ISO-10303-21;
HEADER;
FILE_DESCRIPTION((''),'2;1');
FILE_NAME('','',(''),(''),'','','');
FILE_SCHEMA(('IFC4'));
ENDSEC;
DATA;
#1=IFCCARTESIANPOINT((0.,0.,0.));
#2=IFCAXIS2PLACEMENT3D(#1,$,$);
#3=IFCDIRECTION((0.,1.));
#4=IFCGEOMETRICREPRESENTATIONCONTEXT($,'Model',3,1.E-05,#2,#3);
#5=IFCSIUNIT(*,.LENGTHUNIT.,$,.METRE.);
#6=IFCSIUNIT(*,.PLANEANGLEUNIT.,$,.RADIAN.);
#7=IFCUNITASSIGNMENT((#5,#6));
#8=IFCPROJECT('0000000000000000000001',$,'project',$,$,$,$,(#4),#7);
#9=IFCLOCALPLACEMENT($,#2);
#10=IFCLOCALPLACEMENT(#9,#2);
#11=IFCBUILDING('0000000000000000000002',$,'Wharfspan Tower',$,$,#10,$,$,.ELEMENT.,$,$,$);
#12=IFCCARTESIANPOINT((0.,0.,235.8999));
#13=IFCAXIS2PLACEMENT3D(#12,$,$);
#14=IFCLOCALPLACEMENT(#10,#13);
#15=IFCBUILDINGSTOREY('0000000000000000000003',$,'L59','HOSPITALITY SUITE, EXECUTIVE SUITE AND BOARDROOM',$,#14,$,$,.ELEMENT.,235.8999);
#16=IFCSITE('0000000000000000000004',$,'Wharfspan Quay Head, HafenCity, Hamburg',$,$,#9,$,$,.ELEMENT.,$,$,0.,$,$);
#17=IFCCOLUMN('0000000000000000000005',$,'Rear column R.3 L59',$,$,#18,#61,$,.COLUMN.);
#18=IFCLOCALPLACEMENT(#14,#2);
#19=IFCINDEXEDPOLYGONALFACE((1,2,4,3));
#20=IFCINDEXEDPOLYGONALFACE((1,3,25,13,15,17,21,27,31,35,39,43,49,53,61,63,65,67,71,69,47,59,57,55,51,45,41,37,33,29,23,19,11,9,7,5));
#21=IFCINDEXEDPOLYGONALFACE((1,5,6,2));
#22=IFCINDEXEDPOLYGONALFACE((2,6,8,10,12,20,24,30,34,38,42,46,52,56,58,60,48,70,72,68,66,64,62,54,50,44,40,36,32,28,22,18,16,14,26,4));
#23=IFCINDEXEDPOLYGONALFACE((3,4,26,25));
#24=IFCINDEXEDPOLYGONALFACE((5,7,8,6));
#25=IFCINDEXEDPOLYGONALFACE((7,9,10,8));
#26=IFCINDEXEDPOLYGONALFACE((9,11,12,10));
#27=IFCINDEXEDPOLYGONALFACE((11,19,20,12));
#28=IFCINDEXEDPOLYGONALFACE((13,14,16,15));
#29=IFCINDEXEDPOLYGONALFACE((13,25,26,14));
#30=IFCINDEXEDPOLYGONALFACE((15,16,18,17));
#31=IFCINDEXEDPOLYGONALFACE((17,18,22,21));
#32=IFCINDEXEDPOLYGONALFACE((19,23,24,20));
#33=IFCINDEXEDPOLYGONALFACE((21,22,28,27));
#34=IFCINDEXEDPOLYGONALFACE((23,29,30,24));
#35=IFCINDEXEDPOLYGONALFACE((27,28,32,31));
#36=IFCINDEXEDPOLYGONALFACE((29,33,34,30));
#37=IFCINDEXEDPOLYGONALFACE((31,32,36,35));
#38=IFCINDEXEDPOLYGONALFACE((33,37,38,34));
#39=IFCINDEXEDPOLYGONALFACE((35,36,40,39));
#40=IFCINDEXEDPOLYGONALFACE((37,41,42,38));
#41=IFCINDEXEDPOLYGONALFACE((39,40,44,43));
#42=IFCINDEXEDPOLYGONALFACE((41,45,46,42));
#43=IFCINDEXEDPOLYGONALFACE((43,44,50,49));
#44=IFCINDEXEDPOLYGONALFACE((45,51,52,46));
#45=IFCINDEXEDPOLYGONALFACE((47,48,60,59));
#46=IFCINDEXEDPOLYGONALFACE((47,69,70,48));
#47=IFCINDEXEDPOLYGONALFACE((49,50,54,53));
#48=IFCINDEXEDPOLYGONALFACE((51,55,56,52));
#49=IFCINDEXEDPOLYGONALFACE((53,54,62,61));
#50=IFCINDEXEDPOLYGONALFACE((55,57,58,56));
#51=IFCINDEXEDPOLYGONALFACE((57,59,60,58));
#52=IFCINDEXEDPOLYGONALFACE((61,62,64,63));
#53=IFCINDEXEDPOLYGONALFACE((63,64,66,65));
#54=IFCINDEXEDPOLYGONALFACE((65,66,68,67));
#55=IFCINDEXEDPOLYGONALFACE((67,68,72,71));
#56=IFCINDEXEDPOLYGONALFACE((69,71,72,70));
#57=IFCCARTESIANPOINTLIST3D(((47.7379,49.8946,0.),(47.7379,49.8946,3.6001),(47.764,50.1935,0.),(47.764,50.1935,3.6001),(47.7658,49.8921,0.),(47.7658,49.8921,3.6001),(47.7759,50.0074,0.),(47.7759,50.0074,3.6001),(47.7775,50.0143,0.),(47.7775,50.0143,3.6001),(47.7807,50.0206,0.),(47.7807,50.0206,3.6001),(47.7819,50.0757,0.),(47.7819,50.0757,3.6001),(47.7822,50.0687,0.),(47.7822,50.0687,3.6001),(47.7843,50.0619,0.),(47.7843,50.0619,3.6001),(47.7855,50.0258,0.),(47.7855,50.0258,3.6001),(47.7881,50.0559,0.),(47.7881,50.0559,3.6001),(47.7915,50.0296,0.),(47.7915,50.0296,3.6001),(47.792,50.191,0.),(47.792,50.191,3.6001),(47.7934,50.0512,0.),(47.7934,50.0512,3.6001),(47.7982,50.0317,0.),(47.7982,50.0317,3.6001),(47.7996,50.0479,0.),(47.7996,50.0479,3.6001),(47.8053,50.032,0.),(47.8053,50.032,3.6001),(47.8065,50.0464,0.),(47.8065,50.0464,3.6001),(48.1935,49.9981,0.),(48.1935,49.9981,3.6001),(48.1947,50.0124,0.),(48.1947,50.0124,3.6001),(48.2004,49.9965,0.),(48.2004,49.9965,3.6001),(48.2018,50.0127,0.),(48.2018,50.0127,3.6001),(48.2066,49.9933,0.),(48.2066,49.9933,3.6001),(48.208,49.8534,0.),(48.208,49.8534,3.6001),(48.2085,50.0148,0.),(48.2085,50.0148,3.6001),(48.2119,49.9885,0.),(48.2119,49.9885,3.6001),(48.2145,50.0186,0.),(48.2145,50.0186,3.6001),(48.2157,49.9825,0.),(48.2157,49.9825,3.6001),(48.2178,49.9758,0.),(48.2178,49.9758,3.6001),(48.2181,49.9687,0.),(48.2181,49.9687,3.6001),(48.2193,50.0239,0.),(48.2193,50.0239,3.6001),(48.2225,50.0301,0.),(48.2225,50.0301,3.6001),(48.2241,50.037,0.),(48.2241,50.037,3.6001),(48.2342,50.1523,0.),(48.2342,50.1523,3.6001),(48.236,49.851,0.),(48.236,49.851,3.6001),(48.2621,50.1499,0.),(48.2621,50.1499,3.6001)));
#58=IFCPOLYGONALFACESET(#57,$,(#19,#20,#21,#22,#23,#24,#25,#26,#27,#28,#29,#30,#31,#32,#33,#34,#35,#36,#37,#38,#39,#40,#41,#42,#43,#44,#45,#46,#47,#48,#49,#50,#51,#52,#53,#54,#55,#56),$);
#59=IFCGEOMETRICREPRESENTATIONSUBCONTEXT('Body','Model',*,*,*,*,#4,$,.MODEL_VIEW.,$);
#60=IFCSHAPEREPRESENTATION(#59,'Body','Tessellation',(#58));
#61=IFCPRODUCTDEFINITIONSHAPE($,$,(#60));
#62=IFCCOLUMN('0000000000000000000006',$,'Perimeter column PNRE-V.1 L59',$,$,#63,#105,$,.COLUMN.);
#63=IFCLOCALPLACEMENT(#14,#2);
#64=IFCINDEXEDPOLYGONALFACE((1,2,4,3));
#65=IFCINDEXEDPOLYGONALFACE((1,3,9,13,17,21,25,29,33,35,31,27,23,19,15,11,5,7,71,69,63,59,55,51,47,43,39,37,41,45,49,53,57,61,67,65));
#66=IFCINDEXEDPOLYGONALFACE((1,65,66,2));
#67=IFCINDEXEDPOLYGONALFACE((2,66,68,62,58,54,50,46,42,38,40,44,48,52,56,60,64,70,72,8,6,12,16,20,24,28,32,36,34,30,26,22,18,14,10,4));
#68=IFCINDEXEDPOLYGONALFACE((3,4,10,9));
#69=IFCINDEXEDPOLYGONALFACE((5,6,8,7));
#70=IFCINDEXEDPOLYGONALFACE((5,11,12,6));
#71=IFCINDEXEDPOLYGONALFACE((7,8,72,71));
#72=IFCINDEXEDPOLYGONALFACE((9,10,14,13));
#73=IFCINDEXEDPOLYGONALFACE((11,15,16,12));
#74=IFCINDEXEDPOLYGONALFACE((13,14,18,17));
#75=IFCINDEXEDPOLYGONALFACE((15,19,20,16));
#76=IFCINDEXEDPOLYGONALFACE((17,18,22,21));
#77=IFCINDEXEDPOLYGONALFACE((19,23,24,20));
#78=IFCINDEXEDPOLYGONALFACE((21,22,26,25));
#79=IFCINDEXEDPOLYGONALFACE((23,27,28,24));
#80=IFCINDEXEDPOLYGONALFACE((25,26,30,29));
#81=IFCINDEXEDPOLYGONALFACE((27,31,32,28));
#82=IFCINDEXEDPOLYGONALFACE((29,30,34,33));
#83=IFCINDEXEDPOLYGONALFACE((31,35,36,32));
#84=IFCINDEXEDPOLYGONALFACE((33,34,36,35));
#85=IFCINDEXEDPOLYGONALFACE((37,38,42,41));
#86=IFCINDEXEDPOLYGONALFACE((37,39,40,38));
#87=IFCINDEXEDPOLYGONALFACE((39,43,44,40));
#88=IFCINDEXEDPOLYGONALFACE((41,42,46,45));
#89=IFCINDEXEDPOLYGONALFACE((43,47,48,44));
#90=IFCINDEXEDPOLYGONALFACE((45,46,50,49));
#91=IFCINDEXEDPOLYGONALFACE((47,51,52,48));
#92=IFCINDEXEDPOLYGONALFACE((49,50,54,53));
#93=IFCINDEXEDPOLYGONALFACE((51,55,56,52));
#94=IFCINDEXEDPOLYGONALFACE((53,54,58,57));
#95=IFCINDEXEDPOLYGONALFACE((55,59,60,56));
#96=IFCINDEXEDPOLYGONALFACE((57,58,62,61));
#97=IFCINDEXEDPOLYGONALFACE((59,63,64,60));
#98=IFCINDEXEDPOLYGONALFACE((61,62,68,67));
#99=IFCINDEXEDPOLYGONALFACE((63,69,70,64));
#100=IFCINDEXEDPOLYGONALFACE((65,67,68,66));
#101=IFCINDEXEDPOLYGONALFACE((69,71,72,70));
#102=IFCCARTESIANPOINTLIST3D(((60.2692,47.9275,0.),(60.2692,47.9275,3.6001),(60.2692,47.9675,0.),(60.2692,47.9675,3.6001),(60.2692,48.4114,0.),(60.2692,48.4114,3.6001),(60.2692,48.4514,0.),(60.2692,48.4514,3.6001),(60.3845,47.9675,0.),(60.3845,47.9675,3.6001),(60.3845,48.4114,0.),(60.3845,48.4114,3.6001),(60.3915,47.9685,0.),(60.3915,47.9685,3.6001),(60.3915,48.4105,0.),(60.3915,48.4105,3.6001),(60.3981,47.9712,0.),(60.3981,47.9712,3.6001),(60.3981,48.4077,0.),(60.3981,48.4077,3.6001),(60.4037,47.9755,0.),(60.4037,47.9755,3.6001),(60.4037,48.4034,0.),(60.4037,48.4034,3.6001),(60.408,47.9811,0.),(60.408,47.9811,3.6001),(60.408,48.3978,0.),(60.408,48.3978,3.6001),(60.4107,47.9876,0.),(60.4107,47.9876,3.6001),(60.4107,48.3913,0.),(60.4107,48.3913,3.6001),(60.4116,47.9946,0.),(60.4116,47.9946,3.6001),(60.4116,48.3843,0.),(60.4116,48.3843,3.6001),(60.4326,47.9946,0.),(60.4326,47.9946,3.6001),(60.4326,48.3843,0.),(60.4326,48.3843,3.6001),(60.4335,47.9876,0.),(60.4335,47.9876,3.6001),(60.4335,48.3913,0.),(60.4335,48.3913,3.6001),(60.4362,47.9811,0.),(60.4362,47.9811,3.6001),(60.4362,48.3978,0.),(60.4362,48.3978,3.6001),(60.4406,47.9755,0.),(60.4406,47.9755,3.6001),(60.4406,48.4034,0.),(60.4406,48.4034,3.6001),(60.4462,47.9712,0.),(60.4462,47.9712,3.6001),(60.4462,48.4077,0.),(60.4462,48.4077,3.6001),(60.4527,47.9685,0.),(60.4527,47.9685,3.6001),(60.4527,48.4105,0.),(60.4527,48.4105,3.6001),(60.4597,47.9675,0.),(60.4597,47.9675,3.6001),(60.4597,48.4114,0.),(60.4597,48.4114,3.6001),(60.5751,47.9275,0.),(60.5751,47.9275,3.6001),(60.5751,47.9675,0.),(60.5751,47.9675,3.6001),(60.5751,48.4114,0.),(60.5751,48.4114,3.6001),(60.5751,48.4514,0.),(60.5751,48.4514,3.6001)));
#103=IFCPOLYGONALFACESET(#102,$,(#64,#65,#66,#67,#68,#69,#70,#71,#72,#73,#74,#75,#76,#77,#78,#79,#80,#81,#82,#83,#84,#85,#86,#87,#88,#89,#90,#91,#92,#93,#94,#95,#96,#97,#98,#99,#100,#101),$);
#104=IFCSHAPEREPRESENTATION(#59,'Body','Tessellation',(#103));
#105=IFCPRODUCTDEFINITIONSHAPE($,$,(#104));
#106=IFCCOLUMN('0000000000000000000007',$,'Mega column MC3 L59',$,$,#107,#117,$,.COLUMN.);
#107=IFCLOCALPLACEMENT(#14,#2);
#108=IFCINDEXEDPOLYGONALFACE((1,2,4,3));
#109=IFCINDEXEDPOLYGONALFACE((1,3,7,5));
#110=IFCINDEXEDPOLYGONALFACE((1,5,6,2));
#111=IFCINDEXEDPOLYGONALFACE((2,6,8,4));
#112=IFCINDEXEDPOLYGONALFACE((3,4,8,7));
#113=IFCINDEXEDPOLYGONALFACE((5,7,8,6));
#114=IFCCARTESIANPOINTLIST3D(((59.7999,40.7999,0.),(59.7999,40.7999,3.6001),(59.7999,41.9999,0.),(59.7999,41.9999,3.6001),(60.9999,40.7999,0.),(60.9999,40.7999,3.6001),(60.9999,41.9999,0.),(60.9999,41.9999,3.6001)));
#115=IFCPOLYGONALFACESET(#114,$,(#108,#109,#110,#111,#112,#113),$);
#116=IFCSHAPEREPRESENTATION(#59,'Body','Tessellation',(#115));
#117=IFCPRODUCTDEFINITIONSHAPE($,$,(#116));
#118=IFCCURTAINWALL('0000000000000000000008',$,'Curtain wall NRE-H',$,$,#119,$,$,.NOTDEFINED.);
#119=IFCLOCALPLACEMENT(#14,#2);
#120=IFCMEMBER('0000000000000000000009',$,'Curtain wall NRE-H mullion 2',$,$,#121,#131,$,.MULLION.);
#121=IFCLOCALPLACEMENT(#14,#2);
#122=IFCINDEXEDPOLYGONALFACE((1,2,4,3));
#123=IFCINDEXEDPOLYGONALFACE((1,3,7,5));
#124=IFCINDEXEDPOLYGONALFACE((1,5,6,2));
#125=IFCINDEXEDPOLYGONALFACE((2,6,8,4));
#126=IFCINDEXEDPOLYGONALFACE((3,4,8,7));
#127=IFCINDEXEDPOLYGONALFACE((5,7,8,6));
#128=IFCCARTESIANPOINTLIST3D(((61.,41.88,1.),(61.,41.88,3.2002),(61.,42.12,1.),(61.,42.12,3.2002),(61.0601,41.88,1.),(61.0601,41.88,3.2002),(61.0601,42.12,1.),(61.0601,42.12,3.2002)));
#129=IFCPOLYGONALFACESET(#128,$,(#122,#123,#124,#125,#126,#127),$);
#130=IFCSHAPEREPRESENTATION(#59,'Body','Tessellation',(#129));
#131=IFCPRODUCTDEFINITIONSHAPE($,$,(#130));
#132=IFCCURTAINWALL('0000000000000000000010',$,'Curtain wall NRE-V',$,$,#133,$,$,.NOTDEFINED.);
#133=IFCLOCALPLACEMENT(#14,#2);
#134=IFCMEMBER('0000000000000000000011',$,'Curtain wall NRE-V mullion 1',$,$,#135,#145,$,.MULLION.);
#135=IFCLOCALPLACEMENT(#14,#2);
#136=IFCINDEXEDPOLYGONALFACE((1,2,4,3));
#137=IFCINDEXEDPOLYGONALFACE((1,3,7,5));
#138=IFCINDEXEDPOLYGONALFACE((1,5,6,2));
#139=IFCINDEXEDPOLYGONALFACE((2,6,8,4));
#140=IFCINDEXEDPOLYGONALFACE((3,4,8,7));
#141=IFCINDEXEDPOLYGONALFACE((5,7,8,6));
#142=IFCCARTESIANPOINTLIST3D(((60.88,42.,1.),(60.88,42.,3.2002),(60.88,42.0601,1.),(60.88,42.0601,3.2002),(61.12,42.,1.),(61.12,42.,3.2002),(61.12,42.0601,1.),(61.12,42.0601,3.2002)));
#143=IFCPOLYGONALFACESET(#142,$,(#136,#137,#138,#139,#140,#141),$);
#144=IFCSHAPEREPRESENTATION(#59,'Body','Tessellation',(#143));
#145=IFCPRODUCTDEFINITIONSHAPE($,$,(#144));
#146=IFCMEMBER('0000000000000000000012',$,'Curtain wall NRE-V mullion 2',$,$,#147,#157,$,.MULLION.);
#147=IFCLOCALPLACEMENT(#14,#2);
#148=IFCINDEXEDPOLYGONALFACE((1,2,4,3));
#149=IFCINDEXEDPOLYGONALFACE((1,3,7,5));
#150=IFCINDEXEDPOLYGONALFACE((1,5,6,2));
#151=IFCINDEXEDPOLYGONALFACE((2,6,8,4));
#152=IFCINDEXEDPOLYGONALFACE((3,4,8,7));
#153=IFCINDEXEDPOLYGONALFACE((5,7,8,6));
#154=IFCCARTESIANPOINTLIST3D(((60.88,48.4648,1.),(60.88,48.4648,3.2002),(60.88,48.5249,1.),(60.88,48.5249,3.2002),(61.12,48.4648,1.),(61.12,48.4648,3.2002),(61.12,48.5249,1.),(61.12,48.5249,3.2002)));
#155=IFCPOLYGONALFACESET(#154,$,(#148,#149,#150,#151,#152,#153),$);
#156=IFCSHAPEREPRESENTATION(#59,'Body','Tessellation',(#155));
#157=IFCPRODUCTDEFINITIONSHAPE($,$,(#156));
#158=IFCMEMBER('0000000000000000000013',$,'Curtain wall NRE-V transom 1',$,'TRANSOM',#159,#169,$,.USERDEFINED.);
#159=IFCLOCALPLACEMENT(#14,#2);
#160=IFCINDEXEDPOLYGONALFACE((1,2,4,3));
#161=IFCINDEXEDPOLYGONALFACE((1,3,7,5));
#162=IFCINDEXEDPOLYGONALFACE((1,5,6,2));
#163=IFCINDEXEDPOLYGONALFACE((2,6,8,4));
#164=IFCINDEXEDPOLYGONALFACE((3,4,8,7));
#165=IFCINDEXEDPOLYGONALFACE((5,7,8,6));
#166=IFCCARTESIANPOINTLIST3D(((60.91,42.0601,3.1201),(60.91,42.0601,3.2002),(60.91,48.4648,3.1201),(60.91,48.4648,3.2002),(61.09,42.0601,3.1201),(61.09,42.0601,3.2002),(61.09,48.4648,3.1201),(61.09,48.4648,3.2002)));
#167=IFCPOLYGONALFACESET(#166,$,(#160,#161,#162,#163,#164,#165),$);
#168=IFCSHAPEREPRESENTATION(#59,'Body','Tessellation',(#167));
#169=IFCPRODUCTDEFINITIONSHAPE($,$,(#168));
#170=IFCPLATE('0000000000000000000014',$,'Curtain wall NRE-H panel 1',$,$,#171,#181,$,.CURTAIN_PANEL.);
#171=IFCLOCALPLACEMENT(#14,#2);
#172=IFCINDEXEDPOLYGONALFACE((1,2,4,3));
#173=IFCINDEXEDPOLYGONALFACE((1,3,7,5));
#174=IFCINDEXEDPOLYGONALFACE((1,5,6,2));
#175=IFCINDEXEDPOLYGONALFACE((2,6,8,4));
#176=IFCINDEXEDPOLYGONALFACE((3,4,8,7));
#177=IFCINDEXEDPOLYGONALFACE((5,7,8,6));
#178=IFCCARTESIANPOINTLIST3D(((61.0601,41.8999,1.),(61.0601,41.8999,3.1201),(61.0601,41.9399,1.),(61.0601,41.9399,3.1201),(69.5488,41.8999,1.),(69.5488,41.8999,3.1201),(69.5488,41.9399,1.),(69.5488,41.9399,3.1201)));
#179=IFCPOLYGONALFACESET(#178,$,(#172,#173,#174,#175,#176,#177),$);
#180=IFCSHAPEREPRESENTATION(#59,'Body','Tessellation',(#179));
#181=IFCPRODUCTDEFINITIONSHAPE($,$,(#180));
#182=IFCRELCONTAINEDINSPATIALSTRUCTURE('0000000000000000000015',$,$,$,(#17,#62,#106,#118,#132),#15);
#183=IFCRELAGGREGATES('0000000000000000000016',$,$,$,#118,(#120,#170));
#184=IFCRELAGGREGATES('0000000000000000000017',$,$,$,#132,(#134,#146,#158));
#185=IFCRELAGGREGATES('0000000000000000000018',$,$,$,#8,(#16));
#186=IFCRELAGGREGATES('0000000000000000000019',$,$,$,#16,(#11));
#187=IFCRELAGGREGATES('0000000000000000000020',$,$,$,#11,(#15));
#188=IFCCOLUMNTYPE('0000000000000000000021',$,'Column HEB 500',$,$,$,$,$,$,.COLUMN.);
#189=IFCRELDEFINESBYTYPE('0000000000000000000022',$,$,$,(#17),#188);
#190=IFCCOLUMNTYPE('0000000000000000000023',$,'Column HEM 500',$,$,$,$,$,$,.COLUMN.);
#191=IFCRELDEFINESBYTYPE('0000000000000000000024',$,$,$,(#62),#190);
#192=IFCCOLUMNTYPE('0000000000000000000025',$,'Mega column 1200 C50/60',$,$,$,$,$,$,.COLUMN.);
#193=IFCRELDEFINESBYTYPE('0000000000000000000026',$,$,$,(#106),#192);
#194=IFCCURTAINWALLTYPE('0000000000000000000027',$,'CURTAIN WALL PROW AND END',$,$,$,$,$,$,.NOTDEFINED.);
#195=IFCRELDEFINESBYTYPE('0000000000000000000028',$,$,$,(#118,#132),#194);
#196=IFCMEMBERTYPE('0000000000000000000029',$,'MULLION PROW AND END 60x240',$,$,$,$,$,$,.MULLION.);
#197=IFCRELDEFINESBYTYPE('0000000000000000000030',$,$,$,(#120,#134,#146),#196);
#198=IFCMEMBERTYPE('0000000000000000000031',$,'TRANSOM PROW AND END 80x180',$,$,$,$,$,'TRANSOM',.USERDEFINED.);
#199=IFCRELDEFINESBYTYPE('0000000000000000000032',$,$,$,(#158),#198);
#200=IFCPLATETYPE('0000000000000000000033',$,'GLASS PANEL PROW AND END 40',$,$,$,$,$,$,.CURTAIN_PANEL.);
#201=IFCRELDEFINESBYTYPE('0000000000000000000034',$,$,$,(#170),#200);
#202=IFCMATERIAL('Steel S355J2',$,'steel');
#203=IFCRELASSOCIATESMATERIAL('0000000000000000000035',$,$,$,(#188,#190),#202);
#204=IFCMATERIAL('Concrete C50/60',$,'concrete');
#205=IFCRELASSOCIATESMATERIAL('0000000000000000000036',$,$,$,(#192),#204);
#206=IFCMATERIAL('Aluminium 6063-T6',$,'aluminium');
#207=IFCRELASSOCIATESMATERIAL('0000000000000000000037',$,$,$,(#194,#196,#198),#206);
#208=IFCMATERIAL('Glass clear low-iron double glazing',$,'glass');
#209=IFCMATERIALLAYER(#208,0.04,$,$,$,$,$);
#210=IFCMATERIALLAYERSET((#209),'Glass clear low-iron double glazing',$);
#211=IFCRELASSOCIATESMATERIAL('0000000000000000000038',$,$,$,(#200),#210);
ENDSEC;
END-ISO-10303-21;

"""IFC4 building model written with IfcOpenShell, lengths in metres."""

from ifc_helpers import new_model, si_unit, direction, frame, origin, origin_2d, place, context, subcontext, project, spatial, rectangle, i_section, extrude, material, layer, layer_set, material_profile, profile_set, type_object, element, aggregate, save


model = new_model("IFC4")

# Units and contexts
model_context = context("Model", 3, precision=1e-05, world=origin(), true_north=direction((0.0, 1.0)))
body_context = subcontext(model_context, "Body", "Model", "MODEL_VIEW")
ifc_project = project(units=[si_unit("LENGTHUNIT", "METRE"), si_unit("PLANEANGLEUNIT", "RADIAN")], contexts=[model_context])

# Site, building, storey
site_placement = place(None, origin())
site = spatial("IfcSite", under=ifc_project, at=site_placement, Name="Wharfspan Quay Head, HafenCity, Hamburg", CompositionType="ELEMENT", RefElevation=0.0)
building_placement = place(site_placement, origin())
building = spatial("IfcBuilding", under=site, at=building_placement, Name="Wharfspan Tower", CompositionType="ELEMENT")
storey_placement = place(building_placement, frame((0.0, 0.0, 235.8999)))
storey = spatial("IfcBuildingStorey", under=building, at=storey_placement, Name="L59", Description="HOSPITALITY SUITE, EXECUTIVE SUITE AND BOARDROOM", CompositionType="ELEMENT", Elevation=235.8999)

# Columns
ifc_material_1 = material(Name="Steel S355J2", Category="steel")
ifc_material_profile_1 = material_profile(ifc_material_1, i_section(OverallWidth=0.3, OverallDepth=0.5, WebThickness=0.0144, FlangeThickness=0.0281, FilletRadius=0.0271, at=origin_2d()))
ifc_profile_set_1 = profile_set([ifc_material_profile_1], Name="Steel S355J2")
column_type_1 = type_object("IfcColumnType", Name="Column HEB 500", PredefinedType="COLUMN", material=ifc_profile_set_1)
column_1_placement = place(storey_placement, frame((48.0, 50.0222, 0.0), z_axis=(0.0, 0.0, 1.0), x_axis=(0.087156, 0.996197, 0.0)))
element("IfcColumn", 1, at=column_1_placement, inside=storey, type_object=column_type_1, Name="Rear column R.3 L59", PredefinedType="COLUMN", context=body_context, shape_type="SweptSolid", body=[
    extrude(i_section(OverallWidth=0.3, OverallDepth=0.5, WebThickness=0.0144, FlangeThickness=0.0281, FilletRadius=0.0271, at=origin_2d()), origin(), (0.0, 0.0, 1.0), 3.6001),
])
ifc_material_profile_2 = material_profile(ifc_material_1, i_section(OverallWidth=0.3059, OverallDepth=0.5239, WebThickness=0.021, FlangeThickness=0.04, FilletRadius=0.0271, at=origin_2d()))
ifc_profile_set_2 = profile_set([ifc_material_profile_2], Name="Steel S355J2")
column_type_2 = type_object("IfcColumnType", Name="Column HEM 500", PredefinedType="COLUMN", material=ifc_profile_set_2)
column_2_placement = place(storey_placement, frame((60.4221, 48.1895, 0.0), z_axis=(0.0, 0.0, 1.0), x_axis=(1.0, 0.0, 0.0)))
element("IfcColumn", 2, at=column_2_placement, inside=storey, type_object=column_type_2, Name="Perimeter column PNRE-V.1 L59", PredefinedType="COLUMN", context=body_context, shape_type="SweptSolid", body=[
    extrude(i_section(OverallWidth=0.3059, OverallDepth=0.5239, WebThickness=0.021, FlangeThickness=0.04, FilletRadius=0.0271, at=origin_2d()), origin(), (0.0, 0.0, 1.0), 3.6001),
])
ifc_material_2 = material(Name="Concrete C50/60", Category="concrete")
ifc_material_profile_3 = material_profile(ifc_material_2, rectangle(XDim=1.2, YDim=1.2, at=origin_2d()))
ifc_profile_set_3 = profile_set([ifc_material_profile_3], Name="Concrete C50/60")
column_type_3 = type_object("IfcColumnType", Name="Mega column 1200 C50/60", PredefinedType="COLUMN", material=ifc_profile_set_3)
column_3_placement = place(storey_placement, frame((60.3999, 41.3999, 0.0), z_axis=(0.0, 0.0, 1.0), x_axis=(1.0, 0.0, 0.0)))
element("IfcColumn", 3, at=column_3_placement, inside=storey, type_object=column_type_3, Name="Mega column MC3 L59", PredefinedType="COLUMN", context=body_context, shape_type="SweptSolid", body=[
    extrude(rectangle(XDim=1.2, YDim=1.2, at=origin_2d()), origin(), (0.0, 0.0, 1.0), 3.6001),
])

# Curtain wall, member
ifc_material_3 = material(Name="Aluminium 6063-T6", Category="aluminium")
curtain_wall_type = type_object("IfcCurtainWallType", Name="CURTAIN WALL PROW AND END", PredefinedType="NOTDEFINED", material=ifc_material_3)
curtain_wall_1_placement = place(storey_placement, origin())
curtain_wall_1 = element("IfcCurtainWall", 4, at=curtain_wall_1_placement, inside=storey, type_object=curtain_wall_type, Name="Curtain wall NRE-H", PredefinedType="NOTDEFINED")
ifc_material_profile_4 = material_profile(ifc_material_3, rectangle(XDim=0.24, YDim=0.0601, at=origin_2d()))
ifc_profile_set_4 = profile_set([ifc_material_profile_4], Name="Aluminium 6063-T6")
member_type_1 = type_object("IfcMemberType", Name="MULLION PROW AND END 60x240", PredefinedType="MULLION", material=ifc_profile_set_4)
member_1_placement = place(storey_placement, frame((61.03, 42.0, 1.0), z_axis=(0.0, 0.0, 1.0), x_axis=(0.0, -1.0, 0.0)))
member_1 = element("IfcMember", 5, at=member_1_placement, type_object=member_type_1, Name="Curtain wall NRE-H mullion 2", PredefinedType="MULLION", context=body_context, shape_type="SweptSolid", body=[
    extrude(rectangle(XDim=0.24, YDim=0.0601, at=origin_2d()), origin(), (0.0, 0.0, 1.0), 2.2002),
])

# Curtain wall, members
curtain_wall_2_placement = place(storey_placement, origin())
curtain_wall_2 = element("IfcCurtainWall", 6, at=curtain_wall_2_placement, inside=storey, type_object=curtain_wall_type, Name="Curtain wall NRE-V", PredefinedType="NOTDEFINED")
member_2_placement = place(storey_placement, frame((61.0, 42.03, 1.0), z_axis=(0.0, 0.0, 1.0), x_axis=(-1.0, 0.0, 0.0)))
member_2 = element("IfcMember", 7, at=member_2_placement, type_object=member_type_1, Name="Curtain wall NRE-V mullion 1", PredefinedType="MULLION", context=body_context, shape_type="SweptSolid", body=[
    extrude(rectangle(XDim=0.24, YDim=0.0601, at=origin_2d()), origin(), (0.0, 0.0, 1.0), 2.2002),
])
member_3_placement = place(storey_placement, frame((61.0, 48.4949, 1.0), z_axis=(0.0, 0.0, 1.0), x_axis=(-1.0, 0.0, 0.0)))
member_3 = element("IfcMember", 8, at=member_3_placement, type_object=member_type_1, Name="Curtain wall NRE-V mullion 2", PredefinedType="MULLION", context=body_context, shape_type="SweptSolid", body=[
    extrude(rectangle(XDim=0.24, YDim=0.0601, at=origin_2d()), origin(), (0.0, 0.0, 1.0), 2.2002),
])
ifc_material_profile_5 = material_profile(ifc_material_3, rectangle(XDim=0.1799, YDim=0.0801, at=origin_2d()))
ifc_profile_set_5 = profile_set([ifc_material_profile_5], Name="Aluminium 6063-T6")
member_type_2 = type_object("IfcMemberType", Name="TRANSOM PROW AND END 80x180", ElementType="TRANSOM", PredefinedType="USERDEFINED", material=ifc_profile_set_5)
member_4_placement = place(storey_placement, frame((61.0, 42.0601, 3.1602), z_axis=(0.0, 1.0, 0.0), x_axis=(-1.0, 0.0, 0.0)))
member_4 = element("IfcMember", 9, at=member_4_placement, type_object=member_type_2, Name="Curtain wall NRE-V transom 1", ObjectType="TRANSOM", PredefinedType="USERDEFINED", context=body_context, shape_type="SweptSolid", body=[
    extrude(rectangle(XDim=0.1799, YDim=0.0801, at=origin_2d()), origin(), (0.0, 0.0, 1.0), 6.4048),
])

# Plate
ifc_material_4 = material(Name="Glass clear low-iron double glazing", Category="glass")
ifc_layer_1 = layer(ifc_material_4, 0.04)
ifc_layer_set_1 = layer_set([ifc_layer_1], Name="Glass clear low-iron double glazing")
plate_type = type_object("IfcPlateType", Name="GLASS PANEL PROW AND END 40", PredefinedType="CURTAIN_PANEL", material=ifc_layer_set_1)
plate_1_placement = place(storey_placement, frame((65.3044, 41.9199, 1.0), z_axis=(0.0, 0.0, 1.0), x_axis=(-1.0, 0.0, 0.0)))
plate_1 = element("IfcPlate", 10, at=plate_1_placement, type_object=plate_type, Name="Curtain wall NRE-H panel 1", PredefinedType="CURTAIN_PANEL", context=body_context, shape_type="SweptSolid", body=[
    extrude(rectangle(XDim=8.4888, YDim=0.04, at=origin_2d()), origin(), (0.0, 0.0, 1.0), 2.1201),
])
aggregate(curtain_wall_1, [member_1, plate_1])
aggregate(curtain_wall_2, [member_2, member_3, member_4])

save(model, "model.ifc")
